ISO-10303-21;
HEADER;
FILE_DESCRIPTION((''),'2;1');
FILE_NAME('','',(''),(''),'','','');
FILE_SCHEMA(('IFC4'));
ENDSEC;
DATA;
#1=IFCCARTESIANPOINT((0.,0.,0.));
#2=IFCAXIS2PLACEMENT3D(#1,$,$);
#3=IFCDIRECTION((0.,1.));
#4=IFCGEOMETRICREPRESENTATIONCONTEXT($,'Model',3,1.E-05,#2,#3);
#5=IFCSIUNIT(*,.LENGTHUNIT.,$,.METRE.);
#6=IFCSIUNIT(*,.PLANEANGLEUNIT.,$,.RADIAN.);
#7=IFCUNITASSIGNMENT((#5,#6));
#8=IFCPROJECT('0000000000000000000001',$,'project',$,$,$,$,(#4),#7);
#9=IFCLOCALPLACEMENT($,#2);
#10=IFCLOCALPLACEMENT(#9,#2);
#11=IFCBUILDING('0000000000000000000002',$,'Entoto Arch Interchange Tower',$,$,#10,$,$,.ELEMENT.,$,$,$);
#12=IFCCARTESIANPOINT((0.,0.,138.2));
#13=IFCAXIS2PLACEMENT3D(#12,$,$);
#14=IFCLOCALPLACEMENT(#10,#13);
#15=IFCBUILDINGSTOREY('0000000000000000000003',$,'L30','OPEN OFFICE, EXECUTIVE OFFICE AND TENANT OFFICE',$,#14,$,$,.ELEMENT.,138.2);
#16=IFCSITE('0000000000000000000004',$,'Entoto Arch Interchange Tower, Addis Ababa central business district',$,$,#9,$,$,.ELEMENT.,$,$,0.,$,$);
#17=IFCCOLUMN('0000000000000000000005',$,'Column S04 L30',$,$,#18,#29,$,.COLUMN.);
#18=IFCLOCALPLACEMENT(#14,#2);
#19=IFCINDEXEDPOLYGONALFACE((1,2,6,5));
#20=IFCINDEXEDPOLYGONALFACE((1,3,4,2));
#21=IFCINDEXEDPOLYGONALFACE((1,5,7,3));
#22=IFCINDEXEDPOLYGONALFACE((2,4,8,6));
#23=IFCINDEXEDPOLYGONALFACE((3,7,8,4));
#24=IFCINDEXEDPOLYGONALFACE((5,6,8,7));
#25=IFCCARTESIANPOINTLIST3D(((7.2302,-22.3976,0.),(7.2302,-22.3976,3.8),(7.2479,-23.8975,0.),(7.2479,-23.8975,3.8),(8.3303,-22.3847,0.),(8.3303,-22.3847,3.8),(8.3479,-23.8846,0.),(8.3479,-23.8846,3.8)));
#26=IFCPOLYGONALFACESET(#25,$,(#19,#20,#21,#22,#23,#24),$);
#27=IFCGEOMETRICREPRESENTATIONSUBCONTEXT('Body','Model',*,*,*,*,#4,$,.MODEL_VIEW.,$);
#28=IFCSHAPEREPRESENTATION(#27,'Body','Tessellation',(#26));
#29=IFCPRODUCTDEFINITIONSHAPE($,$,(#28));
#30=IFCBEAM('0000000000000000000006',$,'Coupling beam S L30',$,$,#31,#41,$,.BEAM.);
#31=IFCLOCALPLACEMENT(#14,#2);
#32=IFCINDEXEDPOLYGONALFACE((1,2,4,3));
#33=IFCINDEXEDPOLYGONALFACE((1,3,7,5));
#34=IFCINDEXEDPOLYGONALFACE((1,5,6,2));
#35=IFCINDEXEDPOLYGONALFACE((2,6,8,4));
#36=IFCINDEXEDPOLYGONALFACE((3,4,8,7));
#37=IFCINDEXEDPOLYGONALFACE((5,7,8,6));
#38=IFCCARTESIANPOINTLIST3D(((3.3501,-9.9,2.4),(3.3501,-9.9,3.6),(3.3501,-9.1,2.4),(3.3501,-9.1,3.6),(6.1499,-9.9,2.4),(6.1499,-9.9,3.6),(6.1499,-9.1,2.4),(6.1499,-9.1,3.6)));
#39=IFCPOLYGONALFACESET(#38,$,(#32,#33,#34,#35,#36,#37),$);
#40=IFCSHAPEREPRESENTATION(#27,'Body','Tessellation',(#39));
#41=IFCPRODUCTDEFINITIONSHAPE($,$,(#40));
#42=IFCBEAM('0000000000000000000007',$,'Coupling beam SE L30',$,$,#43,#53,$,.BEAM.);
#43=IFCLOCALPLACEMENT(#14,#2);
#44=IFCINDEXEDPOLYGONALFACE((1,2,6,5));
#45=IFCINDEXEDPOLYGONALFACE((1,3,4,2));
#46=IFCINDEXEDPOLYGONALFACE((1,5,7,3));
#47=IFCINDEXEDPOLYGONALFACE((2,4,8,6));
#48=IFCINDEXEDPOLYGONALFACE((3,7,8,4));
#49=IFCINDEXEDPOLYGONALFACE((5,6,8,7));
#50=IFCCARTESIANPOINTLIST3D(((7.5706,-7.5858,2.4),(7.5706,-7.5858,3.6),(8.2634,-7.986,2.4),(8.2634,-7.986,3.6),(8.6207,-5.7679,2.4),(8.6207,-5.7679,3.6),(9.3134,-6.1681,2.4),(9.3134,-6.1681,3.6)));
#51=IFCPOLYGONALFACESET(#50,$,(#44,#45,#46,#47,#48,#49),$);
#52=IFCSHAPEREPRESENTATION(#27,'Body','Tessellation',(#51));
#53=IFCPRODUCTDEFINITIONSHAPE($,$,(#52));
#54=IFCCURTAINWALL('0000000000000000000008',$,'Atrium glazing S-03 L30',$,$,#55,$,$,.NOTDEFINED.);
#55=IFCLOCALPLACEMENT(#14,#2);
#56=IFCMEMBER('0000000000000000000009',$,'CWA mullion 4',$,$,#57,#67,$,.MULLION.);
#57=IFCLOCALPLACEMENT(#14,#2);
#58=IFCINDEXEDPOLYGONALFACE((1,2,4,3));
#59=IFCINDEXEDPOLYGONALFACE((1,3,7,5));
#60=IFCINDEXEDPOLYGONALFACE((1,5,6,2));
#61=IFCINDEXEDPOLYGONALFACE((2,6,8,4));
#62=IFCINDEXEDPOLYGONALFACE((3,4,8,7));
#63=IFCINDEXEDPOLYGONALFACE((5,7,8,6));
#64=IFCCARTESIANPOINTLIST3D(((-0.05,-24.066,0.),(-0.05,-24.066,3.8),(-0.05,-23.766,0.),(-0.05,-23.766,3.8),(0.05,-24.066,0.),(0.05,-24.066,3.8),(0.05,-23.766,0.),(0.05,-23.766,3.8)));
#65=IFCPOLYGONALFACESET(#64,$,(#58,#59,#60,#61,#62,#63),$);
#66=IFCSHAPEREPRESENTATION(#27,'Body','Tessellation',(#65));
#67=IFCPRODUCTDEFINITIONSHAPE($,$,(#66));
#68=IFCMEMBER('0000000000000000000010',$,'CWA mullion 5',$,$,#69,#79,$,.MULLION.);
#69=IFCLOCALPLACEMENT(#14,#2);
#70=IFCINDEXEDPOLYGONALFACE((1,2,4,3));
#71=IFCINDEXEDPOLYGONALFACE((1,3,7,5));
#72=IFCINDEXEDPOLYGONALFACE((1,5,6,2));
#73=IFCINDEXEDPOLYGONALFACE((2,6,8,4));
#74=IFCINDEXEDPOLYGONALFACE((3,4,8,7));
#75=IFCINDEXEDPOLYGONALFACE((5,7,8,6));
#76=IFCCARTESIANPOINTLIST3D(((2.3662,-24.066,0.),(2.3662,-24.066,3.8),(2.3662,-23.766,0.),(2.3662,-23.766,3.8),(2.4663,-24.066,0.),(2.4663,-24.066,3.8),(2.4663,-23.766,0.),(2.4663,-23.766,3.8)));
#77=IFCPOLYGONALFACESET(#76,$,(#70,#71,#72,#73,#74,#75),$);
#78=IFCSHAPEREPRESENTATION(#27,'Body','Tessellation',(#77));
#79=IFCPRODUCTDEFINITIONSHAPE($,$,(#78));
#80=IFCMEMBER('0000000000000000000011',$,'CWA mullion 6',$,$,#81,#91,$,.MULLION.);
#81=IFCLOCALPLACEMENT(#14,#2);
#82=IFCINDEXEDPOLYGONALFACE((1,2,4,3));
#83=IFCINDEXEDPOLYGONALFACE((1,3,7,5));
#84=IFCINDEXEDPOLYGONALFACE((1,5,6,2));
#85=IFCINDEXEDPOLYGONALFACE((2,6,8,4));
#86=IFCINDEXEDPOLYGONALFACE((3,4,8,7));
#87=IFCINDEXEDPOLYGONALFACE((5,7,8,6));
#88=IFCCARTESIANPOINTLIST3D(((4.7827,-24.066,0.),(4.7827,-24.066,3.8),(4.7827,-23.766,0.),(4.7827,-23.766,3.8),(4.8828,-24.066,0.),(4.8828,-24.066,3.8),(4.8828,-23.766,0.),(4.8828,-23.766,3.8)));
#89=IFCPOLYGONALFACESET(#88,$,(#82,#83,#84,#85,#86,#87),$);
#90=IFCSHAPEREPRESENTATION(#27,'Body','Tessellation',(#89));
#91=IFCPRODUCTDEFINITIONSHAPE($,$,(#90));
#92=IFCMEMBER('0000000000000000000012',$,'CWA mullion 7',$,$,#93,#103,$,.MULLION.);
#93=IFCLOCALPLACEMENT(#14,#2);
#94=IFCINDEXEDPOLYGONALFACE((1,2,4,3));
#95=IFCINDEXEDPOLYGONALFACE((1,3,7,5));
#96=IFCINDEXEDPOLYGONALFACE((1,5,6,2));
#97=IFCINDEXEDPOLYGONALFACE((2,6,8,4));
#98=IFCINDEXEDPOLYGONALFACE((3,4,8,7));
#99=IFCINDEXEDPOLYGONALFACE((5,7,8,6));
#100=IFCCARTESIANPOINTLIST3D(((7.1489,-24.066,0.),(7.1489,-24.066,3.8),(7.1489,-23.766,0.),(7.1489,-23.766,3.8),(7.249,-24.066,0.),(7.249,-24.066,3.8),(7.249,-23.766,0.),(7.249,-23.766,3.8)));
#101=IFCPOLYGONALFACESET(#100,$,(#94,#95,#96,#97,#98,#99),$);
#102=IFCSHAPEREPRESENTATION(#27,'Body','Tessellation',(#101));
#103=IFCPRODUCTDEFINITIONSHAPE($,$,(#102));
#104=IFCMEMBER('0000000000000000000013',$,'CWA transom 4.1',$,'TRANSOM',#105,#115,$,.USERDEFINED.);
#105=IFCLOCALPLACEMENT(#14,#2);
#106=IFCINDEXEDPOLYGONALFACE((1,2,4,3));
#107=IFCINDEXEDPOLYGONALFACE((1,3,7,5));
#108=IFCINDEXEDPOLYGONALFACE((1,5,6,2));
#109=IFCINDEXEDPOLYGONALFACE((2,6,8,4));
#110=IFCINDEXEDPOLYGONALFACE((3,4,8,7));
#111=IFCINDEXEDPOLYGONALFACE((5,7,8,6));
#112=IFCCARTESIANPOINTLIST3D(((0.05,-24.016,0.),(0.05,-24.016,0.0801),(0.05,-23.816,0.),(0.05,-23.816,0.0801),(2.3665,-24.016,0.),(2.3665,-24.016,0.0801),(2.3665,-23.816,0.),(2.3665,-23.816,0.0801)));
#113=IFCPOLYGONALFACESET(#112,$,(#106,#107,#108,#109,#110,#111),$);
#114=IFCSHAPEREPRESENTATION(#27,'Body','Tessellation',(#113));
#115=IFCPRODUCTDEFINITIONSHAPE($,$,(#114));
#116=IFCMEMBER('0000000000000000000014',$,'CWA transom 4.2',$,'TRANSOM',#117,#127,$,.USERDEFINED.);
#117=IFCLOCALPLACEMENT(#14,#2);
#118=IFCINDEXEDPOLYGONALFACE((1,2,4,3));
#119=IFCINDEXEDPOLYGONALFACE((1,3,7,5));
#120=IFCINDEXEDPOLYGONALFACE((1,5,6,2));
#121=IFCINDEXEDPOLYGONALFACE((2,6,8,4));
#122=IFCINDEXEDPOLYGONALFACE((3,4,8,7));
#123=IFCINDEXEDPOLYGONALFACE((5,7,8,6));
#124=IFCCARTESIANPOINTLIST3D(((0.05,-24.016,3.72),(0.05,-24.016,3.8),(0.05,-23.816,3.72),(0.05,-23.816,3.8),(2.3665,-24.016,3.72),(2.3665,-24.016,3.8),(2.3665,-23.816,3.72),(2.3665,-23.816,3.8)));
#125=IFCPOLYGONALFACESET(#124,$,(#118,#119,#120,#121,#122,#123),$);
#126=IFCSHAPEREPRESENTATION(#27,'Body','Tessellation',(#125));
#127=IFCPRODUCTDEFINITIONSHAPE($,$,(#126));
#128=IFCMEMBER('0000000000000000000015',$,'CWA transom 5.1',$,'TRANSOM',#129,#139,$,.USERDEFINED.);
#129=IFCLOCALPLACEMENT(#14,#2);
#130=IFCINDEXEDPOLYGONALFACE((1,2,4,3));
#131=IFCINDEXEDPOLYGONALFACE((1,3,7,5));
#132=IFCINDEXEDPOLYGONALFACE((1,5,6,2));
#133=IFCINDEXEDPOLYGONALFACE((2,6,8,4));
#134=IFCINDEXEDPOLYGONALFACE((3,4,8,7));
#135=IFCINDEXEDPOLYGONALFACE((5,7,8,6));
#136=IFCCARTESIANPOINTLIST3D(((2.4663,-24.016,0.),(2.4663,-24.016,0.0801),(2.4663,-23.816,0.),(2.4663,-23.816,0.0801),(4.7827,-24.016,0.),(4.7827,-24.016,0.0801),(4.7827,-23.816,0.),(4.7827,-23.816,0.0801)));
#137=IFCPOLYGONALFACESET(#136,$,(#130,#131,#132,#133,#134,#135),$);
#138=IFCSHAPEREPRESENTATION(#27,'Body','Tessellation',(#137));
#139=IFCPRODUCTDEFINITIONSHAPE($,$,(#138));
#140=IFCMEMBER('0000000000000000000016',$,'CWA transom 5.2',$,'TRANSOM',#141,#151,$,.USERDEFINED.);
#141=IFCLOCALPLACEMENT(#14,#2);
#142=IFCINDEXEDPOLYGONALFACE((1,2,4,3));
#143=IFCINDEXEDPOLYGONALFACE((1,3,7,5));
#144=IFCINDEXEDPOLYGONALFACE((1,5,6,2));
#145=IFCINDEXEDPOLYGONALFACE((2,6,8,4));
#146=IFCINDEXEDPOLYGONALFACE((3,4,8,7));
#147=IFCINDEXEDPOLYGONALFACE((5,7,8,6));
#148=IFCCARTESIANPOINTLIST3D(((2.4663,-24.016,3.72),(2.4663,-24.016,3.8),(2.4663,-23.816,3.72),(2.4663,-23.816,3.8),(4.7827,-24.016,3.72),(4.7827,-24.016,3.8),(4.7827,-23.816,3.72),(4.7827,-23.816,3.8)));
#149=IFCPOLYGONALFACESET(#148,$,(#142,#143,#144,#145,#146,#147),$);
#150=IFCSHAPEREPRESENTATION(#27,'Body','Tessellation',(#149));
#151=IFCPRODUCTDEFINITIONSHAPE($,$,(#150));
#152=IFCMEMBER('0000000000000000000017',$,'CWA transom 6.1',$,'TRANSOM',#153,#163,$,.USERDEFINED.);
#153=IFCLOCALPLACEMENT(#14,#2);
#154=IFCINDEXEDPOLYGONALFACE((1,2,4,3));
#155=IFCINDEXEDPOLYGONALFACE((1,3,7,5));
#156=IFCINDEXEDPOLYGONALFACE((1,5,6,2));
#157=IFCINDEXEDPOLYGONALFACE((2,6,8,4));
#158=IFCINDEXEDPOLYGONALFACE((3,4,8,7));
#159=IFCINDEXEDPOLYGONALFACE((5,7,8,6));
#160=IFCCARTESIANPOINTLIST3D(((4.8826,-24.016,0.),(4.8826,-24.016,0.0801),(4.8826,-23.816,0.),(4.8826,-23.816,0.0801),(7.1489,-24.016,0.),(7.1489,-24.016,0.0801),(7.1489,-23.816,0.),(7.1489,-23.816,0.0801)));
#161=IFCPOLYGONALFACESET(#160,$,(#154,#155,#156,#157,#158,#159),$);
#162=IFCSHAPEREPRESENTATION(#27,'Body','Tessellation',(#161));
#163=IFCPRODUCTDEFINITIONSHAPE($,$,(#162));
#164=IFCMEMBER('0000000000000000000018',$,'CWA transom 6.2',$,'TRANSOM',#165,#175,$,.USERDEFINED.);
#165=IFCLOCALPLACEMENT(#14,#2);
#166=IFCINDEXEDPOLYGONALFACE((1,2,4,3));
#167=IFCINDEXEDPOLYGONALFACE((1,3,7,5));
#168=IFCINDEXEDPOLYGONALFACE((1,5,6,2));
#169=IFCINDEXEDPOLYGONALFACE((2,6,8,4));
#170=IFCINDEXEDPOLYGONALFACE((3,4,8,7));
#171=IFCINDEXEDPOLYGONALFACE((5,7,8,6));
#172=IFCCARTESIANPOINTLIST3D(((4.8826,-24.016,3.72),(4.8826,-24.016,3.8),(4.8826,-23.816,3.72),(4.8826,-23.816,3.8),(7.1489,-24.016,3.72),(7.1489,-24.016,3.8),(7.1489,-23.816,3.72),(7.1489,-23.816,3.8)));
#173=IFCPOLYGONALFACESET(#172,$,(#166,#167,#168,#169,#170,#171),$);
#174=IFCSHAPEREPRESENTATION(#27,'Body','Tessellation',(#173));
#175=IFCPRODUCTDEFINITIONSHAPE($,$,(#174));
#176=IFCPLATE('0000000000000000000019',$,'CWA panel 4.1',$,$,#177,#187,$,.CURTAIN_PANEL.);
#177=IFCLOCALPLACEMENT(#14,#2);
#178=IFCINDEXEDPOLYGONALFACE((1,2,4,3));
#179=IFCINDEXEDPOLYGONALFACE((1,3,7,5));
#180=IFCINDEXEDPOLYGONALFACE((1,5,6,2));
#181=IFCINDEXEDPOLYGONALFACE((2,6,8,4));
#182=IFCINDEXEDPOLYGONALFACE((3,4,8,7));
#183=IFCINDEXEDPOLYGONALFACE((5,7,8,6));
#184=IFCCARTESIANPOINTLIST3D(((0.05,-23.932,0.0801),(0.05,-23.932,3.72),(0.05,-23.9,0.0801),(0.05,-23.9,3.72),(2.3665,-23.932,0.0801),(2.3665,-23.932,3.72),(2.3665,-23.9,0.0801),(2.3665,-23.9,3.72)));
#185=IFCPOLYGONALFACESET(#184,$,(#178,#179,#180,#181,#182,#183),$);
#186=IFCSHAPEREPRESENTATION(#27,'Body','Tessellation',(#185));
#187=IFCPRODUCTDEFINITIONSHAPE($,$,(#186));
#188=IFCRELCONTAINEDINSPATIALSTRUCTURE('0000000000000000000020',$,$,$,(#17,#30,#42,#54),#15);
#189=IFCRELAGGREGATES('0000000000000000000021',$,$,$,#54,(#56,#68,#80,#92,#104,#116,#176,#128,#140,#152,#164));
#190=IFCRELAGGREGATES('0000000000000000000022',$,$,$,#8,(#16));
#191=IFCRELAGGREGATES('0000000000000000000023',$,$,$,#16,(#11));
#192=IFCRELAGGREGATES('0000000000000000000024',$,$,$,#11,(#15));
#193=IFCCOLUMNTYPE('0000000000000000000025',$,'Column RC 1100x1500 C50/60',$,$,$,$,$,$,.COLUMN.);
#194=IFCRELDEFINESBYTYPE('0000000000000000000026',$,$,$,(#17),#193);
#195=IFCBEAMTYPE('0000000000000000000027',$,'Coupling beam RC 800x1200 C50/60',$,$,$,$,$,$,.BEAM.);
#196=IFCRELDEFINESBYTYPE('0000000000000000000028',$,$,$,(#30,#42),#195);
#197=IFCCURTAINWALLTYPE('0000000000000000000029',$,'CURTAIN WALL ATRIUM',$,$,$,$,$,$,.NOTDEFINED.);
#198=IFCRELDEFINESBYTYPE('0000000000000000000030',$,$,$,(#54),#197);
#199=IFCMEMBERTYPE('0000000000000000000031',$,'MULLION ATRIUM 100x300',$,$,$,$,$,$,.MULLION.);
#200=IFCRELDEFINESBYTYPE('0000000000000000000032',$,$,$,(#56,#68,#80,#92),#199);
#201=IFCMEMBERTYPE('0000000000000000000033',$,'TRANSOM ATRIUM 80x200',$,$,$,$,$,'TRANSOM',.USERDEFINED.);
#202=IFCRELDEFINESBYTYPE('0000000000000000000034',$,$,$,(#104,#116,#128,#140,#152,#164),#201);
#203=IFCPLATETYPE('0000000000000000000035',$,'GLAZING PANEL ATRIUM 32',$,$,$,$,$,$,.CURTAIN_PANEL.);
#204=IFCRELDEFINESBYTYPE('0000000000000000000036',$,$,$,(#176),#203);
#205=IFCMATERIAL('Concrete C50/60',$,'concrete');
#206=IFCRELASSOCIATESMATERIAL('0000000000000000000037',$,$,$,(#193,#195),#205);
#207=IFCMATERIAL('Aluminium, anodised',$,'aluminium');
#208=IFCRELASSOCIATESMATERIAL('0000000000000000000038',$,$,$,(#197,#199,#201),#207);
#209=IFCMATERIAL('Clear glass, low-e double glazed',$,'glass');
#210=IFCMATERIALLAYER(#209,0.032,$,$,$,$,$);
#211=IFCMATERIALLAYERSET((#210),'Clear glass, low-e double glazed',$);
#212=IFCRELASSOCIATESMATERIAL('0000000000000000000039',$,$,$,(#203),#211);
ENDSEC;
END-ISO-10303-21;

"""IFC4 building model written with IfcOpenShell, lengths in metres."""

from ifc_helpers import new_model, si_unit, direction, frame, origin, origin_2d, place, context, subcontext, project, spatial, rectangle, extrude, material, layer, layer_set, material_profile, profile_set, type_object, element, aggregate, save


model = new_model("IFC4")

# Units and contexts
model_context = context("Model", 3, precision=1e-05, world=origin(), true_north=direction((0.0, 1.0)))
body_context = subcontext(model_context, "Body", "Model", "MODEL_VIEW")
ifc_project = project(units=[si_unit("LENGTHUNIT", "METRE"), si_unit("PLANEANGLEUNIT", "RADIAN")], contexts=[model_context])

# Site, building, storey
site_placement = place(None, origin())
site = spatial("IfcSite", under=ifc_project, at=site_placement, Name="Entoto Arch Interchange Tower, Addis Ababa central business district", CompositionType="ELEMENT", RefElevation=0.0)
building_placement = place(site_placement, origin())
building = spatial("IfcBuilding", under=site, at=building_placement, Name="Entoto Arch Interchange Tower", CompositionType="ELEMENT")
storey_placement = place(building_placement, frame((0.0, 0.0, 138.2)))
storey = spatial("IfcBuildingStorey", under=building, at=storey_placement, Name="L30", Description="OPEN OFFICE, EXECUTIVE OFFICE AND TENANT OFFICE", CompositionType="ELEMENT", Elevation=138.2)

# Column
ifc_material_1 = material(Name="Concrete C50/60", Category="concrete")
ifc_material_profile_1 = material_profile(ifc_material_1, rectangle(XDim=1.1001, YDim=1.5, at=origin_2d()))
ifc_profile_set_1 = profile_set([ifc_material_profile_1], Name="Concrete C50/60")
column_type = type_object("IfcColumnType", Name="Column RC 1100x1500 C50/60", PredefinedType="COLUMN", material=ifc_profile_set_1)
column_placement = place(storey_placement, frame((7.7891, -23.1411, 0.0), z_axis=(0.0, 0.0, 1.0), x_axis=(0.999931, 0.011746, 0.0)))
element("IfcColumn", 1, at=column_placement, inside=storey, type_object=column_type, Name="Column S04 L30", PredefinedType="COLUMN", context=body_context, shape_type="SweptSolid", body=[
    extrude(rectangle(XDim=1.1001, YDim=1.5, at=origin_2d()), origin(), (0.0, 0.0, 1.0), 3.8),
])

# Beams
ifc_material_profile_2 = material_profile(ifc_material_1, rectangle(XDim=0.8, YDim=1.2, at=origin_2d()))
ifc_profile_set_2 = profile_set([ifc_material_profile_2], Name="Concrete C50/60")
beam_type = type_object("IfcBeamType", Name="Coupling beam RC 800x1200 C50/60", PredefinedType="BEAM", material=ifc_profile_set_2)
beam_1_placement = place(storey_placement, frame((3.3501, -9.5, 3.0), z_axis=(1.0, 0.0, 0.0), x_axis=(0.0, 1.0, 0.0)))
element("IfcBeam", 2, at=beam_1_placement, inside=storey, type_object=beam_type, Name="Coupling beam S L30", PredefinedType="BEAM", context=body_context, shape_type="SweptSolid", body=[
    extrude(rectangle(XDim=0.8, YDim=1.2, at=origin_2d()), origin(), (0.0, 0.0, 1.0), 2.7998),
])
beam_2_placement = place(storey_placement, frame((7.917, -7.7859, 3.0), z_axis=(0.500179, 0.865922, 0.0), x_axis=(-0.865922, 0.500179, 0.0)))
element("IfcBeam", 3, at=beam_2_placement, inside=storey, type_object=beam_type, Name="Coupling beam SE L30", PredefinedType="BEAM", context=body_context, shape_type="SweptSolid", body=[
    extrude(rectangle(XDim=0.8, YDim=1.2, at=origin_2d()), origin(), (0.0, 0.0, 1.0), 2.0994),
])

# Curtain wall, members, plate
ifc_material_2 = material(Name="Aluminium, anodised", Category="aluminium")
curtain_wall_type = type_object("IfcCurtainWallType", Name="CURTAIN WALL ATRIUM", PredefinedType="NOTDEFINED", material=ifc_material_2)
curtain_wall_placement = place(storey_placement, origin())
curtain_wall = element("IfcCurtainWall", 4, at=curtain_wall_placement, inside=storey, type_object=curtain_wall_type, Name="Atrium glazing S-03 L30", PredefinedType="NOTDEFINED")
ifc_material_profile_3 = material_profile(ifc_material_2, rectangle(XDim=0.3, YDim=0.1001, at=origin_2d()))
ifc_profile_set_3 = profile_set([ifc_material_profile_3], Name="Aluminium, anodised")
member_type_1 = type_object("IfcMemberType", Name="MULLION ATRIUM 100x300", PredefinedType="MULLION", material=ifc_profile_set_3)
member_1_placement = place(storey_placement, frame((0.0, -23.916, 0.0), z_axis=(0.0, 0.0, 1.0), x_axis=(0.0, 1.0, 0.0)))
member_1 = element("IfcMember", 5, at=member_1_placement, type_object=member_type_1, Name="CWA mullion 4", PredefinedType="MULLION", context=body_context, shape_type="SweptSolid", body=[
    extrude(rectangle(XDim=0.3, YDim=0.1001, at=origin_2d()), origin(), (0.0, 0.0, 1.0), 3.8),
])
member_2_placement = place(storey_placement, frame((2.4163, -23.916, 0.0), z_axis=(0.0, 0.0, 1.0), x_axis=(0.0, 1.0, 0.0)))
member_2 = element("IfcMember", 6, at=member_2_placement, type_object=member_type_1, Name="CWA mullion 5", PredefinedType="MULLION", context=body_context, shape_type="SweptSolid", body=[
    extrude(rectangle(XDim=0.3, YDim=0.1001, at=origin_2d()), origin(), (0.0, 0.0, 1.0), 3.8),
])
member_3_placement = place(storey_placement, frame((4.8328, -23.916, 0.0), z_axis=(0.0, 0.0, 1.0), x_axis=(0.0, 1.0, 0.0)))
member_3 = element("IfcMember", 7, at=member_3_placement, type_object=member_type_1, Name="CWA mullion 6", PredefinedType="MULLION", context=body_context, shape_type="SweptSolid", body=[
    extrude(rectangle(XDim=0.3, YDim=0.1001, at=origin_2d()), origin(), (0.0, 0.0, 1.0), 3.8),
])
member_4_placement = place(storey_placement, frame((7.199, -23.916, 0.0), z_axis=(0.0, 0.0, 1.0), x_axis=(0.0, 1.0, 0.0)))
member_4 = element("IfcMember", 8, at=member_4_placement, type_object=member_type_1, Name="CWA mullion 7", PredefinedType="MULLION", context=body_context, shape_type="SweptSolid", body=[
    extrude(rectangle(XDim=0.3, YDim=0.1001, at=origin_2d()), origin(), (0.0, 0.0, 1.0), 3.8),
])
ifc_material_profile_4 = material_profile(ifc_material_2, rectangle(XDim=0.2, YDim=0.0801, at=origin_2d()))
ifc_profile_set_4 = profile_set([ifc_material_profile_4], Name="Aluminium, anodised")
member_type_2 = type_object("IfcMemberType", Name="TRANSOM ATRIUM 80x200", ElementType="TRANSOM", PredefinedType="USERDEFINED", material=ifc_profile_set_4)
member_5_placement = place(storey_placement, frame((0.05, -23.916, 0.04), z_axis=(1.0, 0.0, 0.0), x_axis=(0.0, 1.0, 0.0)))
member_5 = element("IfcMember", 9, at=member_5_placement, type_object=member_type_2, Name="CWA transom 4.1", ObjectType="TRANSOM", PredefinedType="USERDEFINED", context=body_context, shape_type="SweptSolid", body=[
    extrude(rectangle(XDim=0.2, YDim=0.0801, at=origin_2d()), origin(), (0.0, 0.0, 1.0), 2.3164),
])
member_6_placement = place(storey_placement, frame((0.05, -23.916, 3.76), z_axis=(1.0, 0.0, 0.0), x_axis=(0.0, 1.0, 0.0)))
member_6 = element("IfcMember", 10, at=member_6_placement, type_object=member_type_2, Name="CWA transom 4.2", ObjectType="TRANSOM", PredefinedType="USERDEFINED", context=body_context, shape_type="SweptSolid", body=[
    extrude(rectangle(XDim=0.2, YDim=0.0801, at=origin_2d()), origin(), (0.0, 0.0, 1.0), 2.3164),
])
member_7_placement = place(storey_placement, frame((2.4663, -23.916, 0.04), z_axis=(1.0, 0.0, 0.0), x_axis=(0.0, 1.0, 0.0)))
member_7 = element("IfcMember", 11, at=member_7_placement, type_object=member_type_2, Name="CWA transom 5.1", ObjectType="TRANSOM", PredefinedType="USERDEFINED", context=body_context, shape_type="SweptSolid", body=[
    extrude(rectangle(XDim=0.2, YDim=0.0801, at=origin_2d()), origin(), (0.0, 0.0, 1.0), 2.3164),
])
member_8_placement = place(storey_placement, frame((2.4663, -23.916, 3.76), z_axis=(1.0, 0.0, 0.0), x_axis=(0.0, 1.0, 0.0)))
member_8 = element("IfcMember", 12, at=member_8_placement, type_object=member_type_2, Name="CWA transom 5.2", ObjectType="TRANSOM", PredefinedType="USERDEFINED", context=body_context, shape_type="SweptSolid", body=[
    extrude(rectangle(XDim=0.2, YDim=0.0801, at=origin_2d()), origin(), (0.0, 0.0, 1.0), 2.3164),
])
member_9_placement = place(storey_placement, frame((4.8826, -23.916, 0.04), z_axis=(1.0, 0.0, 0.0), x_axis=(0.0, 1.0, 0.0)))
member_9 = element("IfcMember", 13, at=member_9_placement, type_object=member_type_2, Name="CWA transom 6.1", ObjectType="TRANSOM", PredefinedType="USERDEFINED", context=body_context, shape_type="SweptSolid", body=[
    extrude(rectangle(XDim=0.2, YDim=0.0801, at=origin_2d()), origin(), (0.0, 0.0, 1.0), 2.2664),
])
member_10_placement = place(storey_placement, frame((4.8826, -23.916, 3.76), z_axis=(1.0, 0.0, 0.0), x_axis=(0.0, 1.0, 0.0)))
member_10 = element("IfcMember", 14, at=member_10_placement, type_object=member_type_2, Name="CWA transom 6.2", ObjectType="TRANSOM", PredefinedType="USERDEFINED", context=body_context, shape_type="SweptSolid", body=[
    extrude(rectangle(XDim=0.2, YDim=0.0801, at=origin_2d()), origin(), (0.0, 0.0, 1.0), 2.2664),
])
ifc_material_3 = material(Name="Clear glass, low-e double glazed", Category="glass")
ifc_layer_1 = layer(ifc_material_3, 0.032)
ifc_layer_set_1 = layer_set([ifc_layer_1], Name="Clear glass, low-e double glazed")
plate_type = type_object("IfcPlateType", Name="GLAZING PANEL ATRIUM 32", PredefinedType="CURTAIN_PANEL", material=ifc_layer_set_1)
plate_1_placement = place(storey_placement, frame((1.2083, -23.916, 0.0801), z_axis=(0.0, 0.0, 1.0), x_axis=(1.0, 0.0, 0.0)))
plate_1 = element("IfcPlate", 15, at=plate_1_placement, type_object=plate_type, Name="CWA panel 4.1", PredefinedType="CURTAIN_PANEL", context=body_context, shape_type="SweptSolid", body=[
    extrude(rectangle(XDim=2.3164, YDim=0.032, at=origin_2d()), origin(), (0.0, 0.0, 1.0), 3.6399),
])
aggregate(curtain_wall, [member_1, member_2, member_3, member_4, member_5, member_6, plate_1, member_7, member_8, member_9, member_10])

save(model, "model.ifc")
